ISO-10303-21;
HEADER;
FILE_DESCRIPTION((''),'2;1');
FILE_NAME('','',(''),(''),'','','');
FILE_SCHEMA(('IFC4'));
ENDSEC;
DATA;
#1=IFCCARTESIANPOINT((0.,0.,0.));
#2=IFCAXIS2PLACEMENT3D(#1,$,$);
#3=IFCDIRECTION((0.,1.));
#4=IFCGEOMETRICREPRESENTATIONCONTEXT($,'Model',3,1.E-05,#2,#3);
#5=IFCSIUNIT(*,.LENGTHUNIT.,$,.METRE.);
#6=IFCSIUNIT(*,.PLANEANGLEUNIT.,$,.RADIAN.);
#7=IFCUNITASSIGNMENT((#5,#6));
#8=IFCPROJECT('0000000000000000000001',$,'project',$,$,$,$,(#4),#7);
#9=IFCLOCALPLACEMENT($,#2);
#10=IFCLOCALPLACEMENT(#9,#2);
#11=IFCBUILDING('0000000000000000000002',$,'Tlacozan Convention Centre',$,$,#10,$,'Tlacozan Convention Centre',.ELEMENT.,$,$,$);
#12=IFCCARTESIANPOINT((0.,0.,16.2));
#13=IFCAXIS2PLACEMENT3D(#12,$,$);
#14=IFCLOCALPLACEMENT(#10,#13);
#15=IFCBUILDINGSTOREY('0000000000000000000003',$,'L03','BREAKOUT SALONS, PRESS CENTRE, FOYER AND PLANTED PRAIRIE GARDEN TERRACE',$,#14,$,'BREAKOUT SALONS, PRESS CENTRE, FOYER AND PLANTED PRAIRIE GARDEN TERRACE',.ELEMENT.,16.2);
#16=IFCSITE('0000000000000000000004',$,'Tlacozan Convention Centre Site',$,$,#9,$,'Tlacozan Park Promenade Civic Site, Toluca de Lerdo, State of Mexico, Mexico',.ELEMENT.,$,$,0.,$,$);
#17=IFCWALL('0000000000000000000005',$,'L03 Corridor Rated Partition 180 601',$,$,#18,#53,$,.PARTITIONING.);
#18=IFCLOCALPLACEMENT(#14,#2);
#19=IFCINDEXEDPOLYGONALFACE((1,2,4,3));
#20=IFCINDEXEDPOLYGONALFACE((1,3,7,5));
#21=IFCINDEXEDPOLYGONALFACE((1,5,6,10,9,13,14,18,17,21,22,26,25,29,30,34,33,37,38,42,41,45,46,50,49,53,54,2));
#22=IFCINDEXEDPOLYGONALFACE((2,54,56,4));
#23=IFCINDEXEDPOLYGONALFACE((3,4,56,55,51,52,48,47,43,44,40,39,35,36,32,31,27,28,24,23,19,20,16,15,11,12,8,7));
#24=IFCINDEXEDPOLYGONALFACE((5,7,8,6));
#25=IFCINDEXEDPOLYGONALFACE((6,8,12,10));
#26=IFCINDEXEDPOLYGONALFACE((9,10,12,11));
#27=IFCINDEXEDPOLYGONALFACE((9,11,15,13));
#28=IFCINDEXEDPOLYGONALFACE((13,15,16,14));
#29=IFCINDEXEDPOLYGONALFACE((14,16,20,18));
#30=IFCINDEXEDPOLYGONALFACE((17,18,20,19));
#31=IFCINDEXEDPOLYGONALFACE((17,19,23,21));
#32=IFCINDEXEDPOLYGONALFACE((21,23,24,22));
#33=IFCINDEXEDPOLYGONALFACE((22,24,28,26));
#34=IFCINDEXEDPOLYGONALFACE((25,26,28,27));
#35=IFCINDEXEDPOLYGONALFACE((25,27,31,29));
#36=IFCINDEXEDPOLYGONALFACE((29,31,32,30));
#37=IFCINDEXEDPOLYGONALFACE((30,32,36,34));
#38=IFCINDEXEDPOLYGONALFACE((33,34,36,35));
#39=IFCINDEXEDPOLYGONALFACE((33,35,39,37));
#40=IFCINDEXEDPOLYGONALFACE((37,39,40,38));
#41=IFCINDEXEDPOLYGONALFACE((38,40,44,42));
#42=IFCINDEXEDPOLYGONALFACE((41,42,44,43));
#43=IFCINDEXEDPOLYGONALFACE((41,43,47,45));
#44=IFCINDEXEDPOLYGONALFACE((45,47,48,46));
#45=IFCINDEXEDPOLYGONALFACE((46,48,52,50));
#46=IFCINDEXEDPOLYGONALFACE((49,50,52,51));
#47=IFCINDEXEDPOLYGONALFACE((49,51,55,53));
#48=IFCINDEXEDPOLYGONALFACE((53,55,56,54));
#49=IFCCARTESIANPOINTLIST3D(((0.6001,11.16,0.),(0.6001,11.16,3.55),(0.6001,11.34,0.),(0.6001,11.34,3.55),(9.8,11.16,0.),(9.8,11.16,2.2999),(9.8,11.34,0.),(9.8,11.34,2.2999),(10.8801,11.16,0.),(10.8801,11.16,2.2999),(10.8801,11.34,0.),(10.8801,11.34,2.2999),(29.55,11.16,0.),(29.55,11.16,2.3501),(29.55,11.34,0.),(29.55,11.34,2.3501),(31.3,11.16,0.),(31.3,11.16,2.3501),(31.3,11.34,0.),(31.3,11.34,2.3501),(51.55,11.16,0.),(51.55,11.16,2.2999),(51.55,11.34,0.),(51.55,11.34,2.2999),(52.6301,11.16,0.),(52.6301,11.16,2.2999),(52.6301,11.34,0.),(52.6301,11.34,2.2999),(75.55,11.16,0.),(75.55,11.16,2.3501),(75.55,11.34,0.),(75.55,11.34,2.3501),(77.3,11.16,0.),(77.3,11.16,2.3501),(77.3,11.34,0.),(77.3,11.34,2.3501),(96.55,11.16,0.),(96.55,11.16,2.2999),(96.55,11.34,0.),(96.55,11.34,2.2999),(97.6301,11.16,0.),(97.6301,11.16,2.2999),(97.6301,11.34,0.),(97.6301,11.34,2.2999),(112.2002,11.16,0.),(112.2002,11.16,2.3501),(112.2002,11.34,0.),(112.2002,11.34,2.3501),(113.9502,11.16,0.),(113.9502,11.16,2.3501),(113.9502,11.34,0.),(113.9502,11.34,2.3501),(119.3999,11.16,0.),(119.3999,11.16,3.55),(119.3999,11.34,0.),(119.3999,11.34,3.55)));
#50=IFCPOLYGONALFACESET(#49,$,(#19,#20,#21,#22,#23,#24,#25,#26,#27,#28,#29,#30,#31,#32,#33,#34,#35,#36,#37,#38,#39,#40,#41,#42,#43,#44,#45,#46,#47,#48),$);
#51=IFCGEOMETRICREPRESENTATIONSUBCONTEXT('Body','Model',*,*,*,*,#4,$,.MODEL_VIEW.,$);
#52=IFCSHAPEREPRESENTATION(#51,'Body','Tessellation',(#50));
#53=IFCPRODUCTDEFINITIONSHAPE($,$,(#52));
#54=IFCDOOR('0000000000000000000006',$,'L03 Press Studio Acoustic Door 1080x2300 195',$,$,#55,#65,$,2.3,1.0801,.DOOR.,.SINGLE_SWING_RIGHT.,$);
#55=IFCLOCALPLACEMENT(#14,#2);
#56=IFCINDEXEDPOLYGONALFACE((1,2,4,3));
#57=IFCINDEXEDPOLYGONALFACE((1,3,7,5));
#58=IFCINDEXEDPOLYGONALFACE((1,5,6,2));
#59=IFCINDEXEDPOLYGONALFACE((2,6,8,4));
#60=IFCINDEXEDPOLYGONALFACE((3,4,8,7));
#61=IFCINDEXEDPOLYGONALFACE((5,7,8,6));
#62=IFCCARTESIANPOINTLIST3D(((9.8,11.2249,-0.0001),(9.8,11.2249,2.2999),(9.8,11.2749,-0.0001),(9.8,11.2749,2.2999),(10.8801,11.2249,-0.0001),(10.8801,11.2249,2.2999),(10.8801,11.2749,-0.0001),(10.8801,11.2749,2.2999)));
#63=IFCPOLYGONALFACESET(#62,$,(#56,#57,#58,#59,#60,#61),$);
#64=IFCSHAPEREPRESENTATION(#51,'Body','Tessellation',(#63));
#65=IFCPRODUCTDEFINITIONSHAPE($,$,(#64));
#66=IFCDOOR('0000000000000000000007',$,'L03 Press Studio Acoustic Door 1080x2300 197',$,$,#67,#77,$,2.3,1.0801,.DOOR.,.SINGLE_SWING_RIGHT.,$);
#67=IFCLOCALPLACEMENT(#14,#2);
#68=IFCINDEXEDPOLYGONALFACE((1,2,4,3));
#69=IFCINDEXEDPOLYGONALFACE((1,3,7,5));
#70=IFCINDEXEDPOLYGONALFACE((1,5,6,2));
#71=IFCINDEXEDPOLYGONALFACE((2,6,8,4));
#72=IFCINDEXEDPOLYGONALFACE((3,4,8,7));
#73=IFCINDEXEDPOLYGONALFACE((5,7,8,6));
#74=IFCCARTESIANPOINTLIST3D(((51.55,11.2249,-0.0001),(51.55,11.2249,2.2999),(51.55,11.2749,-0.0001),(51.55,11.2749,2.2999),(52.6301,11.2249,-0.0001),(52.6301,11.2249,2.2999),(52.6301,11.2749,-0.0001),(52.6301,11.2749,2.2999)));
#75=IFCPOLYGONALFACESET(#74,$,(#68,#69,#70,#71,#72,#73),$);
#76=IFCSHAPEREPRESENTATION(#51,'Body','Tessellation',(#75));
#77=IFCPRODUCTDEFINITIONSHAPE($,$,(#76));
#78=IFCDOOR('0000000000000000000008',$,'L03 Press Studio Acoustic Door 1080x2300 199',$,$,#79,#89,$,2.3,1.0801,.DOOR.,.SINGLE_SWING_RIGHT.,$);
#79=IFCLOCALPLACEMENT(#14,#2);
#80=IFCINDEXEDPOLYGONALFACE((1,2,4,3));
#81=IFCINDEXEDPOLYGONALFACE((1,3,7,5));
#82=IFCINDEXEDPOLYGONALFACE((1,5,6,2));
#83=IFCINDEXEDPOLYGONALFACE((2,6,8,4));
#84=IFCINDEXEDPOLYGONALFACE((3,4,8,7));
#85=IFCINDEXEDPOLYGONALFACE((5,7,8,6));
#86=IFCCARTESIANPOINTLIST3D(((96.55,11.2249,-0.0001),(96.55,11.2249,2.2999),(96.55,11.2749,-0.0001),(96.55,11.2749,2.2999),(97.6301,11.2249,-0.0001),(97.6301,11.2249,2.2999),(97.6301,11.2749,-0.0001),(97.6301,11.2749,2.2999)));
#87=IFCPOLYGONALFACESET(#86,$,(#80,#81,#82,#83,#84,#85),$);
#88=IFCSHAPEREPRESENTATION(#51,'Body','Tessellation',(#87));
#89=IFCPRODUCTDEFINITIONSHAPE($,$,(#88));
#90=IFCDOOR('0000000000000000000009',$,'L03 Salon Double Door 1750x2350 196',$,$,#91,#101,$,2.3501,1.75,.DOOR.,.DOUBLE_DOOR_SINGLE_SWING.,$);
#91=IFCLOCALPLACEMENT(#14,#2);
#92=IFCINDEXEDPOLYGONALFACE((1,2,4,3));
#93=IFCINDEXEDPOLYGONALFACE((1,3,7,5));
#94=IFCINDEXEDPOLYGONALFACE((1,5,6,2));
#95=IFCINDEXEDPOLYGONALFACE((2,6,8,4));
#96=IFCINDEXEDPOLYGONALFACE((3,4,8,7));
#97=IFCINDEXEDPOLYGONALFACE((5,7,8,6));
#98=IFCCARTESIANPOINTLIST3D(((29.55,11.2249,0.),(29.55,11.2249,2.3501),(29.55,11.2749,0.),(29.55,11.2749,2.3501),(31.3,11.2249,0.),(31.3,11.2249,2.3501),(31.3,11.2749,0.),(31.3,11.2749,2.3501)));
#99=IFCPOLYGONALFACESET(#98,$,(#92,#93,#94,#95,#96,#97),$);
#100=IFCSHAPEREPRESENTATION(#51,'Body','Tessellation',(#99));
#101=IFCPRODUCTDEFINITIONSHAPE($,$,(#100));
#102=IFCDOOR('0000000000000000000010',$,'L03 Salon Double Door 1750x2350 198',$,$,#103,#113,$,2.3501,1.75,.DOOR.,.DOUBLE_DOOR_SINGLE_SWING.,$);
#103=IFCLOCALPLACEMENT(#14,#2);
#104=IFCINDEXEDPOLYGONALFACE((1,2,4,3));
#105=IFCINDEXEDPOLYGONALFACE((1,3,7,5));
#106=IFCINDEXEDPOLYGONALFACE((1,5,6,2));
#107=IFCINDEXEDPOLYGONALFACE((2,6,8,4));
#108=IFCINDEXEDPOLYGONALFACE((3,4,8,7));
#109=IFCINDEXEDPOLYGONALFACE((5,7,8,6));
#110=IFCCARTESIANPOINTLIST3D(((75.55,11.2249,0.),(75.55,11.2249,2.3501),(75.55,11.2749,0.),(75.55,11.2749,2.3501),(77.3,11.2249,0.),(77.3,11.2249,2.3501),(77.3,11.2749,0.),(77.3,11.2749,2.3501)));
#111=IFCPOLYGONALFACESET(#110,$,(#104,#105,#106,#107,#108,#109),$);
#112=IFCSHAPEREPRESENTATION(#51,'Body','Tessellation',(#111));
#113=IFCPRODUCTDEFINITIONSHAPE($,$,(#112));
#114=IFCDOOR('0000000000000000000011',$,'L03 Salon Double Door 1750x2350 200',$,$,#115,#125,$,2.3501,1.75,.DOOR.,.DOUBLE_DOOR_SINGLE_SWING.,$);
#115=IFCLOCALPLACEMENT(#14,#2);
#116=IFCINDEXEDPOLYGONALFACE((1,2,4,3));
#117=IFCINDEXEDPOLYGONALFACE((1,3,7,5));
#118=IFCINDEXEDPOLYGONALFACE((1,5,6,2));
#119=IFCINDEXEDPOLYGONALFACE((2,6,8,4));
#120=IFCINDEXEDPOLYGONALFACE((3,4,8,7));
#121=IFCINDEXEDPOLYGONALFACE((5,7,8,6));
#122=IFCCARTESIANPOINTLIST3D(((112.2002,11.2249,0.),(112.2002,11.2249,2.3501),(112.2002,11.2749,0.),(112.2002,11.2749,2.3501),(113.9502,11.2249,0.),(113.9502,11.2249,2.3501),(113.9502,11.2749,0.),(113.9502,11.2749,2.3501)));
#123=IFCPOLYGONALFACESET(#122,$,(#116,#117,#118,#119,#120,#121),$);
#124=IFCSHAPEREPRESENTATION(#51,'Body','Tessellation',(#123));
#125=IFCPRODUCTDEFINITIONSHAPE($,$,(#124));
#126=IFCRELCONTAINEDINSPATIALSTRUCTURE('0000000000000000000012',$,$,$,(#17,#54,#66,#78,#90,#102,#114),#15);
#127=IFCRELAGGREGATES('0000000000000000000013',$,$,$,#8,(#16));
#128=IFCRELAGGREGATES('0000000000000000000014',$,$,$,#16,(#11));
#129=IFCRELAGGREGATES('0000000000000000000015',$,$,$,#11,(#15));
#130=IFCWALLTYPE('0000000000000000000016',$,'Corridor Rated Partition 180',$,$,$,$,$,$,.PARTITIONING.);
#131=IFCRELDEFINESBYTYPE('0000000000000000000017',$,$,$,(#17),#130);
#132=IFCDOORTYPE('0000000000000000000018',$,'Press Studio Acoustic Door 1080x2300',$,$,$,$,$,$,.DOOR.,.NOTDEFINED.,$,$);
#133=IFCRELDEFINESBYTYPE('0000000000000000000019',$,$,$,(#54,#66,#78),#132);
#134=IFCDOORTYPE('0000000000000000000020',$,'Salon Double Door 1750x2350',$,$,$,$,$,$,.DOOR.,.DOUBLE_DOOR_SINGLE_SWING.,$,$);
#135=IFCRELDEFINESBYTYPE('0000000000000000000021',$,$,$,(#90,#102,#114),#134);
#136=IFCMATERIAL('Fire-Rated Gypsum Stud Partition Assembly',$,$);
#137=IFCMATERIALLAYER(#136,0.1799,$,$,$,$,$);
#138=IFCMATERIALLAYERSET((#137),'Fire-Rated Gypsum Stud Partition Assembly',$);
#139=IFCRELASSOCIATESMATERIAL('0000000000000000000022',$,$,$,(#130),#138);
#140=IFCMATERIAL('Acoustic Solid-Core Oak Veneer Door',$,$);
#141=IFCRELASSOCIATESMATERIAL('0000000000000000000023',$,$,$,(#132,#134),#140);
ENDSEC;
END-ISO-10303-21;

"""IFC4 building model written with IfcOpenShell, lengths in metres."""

from ifc_helpers import new_model, si_unit, direction, frame, frame_2d, origin, place, context, subcontext, project, spatial, rectangle, extrude, material, layer, layer_set, type_object, element, fill, save


model = new_model("IFC4")

# Units and contexts
model_context = context("Model", 3, precision=1e-05, world=origin(), true_north=direction((0.0, 1.0)))
body_context = subcontext(model_context, "Body", "Model", "MODEL_VIEW")
ifc_project = project(units=[si_unit("LENGTHUNIT", "METRE"), si_unit("PLANEANGLEUNIT", "RADIAN")], contexts=[model_context])

# Site, building, storey
site_placement = place(None, origin())
site = spatial("IfcSite", under=ifc_project, at=site_placement, Name="Tlacozan Convention Centre Site", LongName="Tlacozan Park Promenade Civic Site, Toluca de Lerdo, State of Mexico, Mexico", CompositionType="ELEMENT", RefElevation=0.0)
building_placement = place(site_placement, origin())
building = spatial("IfcBuilding", under=site, at=building_placement, Name="Tlacozan Convention Centre", LongName="Tlacozan Convention Centre", CompositionType="ELEMENT")
storey_placement = place(building_placement, frame((0.0, 0.0, 16.2)))
storey = spatial("IfcBuildingStorey", under=building, at=storey_placement, Name="L03", Description="BREAKOUT SALONS, PRESS CENTRE, FOYER AND PLANTED PRAIRIE GARDEN TERRACE", LongName="BREAKOUT SALONS, PRESS CENTRE, FOYER AND PLANTED PRAIRIE GARDEN TERRACE", CompositionType="ELEMENT", Elevation=16.2)

# Wall, openings, doors
ifc_material_1 = material(Name="Fire-Rated Gypsum Stud Partition Assembly")
ifc_layer_1 = layer(ifc_material_1, 0.1799)
ifc_layer_set_1 = layer_set([ifc_layer_1], Name="Fire-Rated Gypsum Stud Partition Assembly")
wall_type = type_object("IfcWallType", Name="Corridor Rated Partition 180", PredefinedType="PARTITIONING", material=ifc_layer_set_1)
wall_placement = place(storey_placement, frame((0.6001, 11.25, 0.0), z_axis=(0.0, 0.0, 1.0), x_axis=(1.0, 0.0, 0.0)))
wall = element("IfcWall", 1, at=wall_placement, inside=storey, type_object=wall_type, Name="L03 Corridor Rated Partition 180 601", PredefinedType="PARTITIONING", context=body_context, shape_type="SweptSolid", body=[
    extrude(rectangle(XDim=118.7998, YDim=0.1799, at=frame_2d((59.3999, 0.0))), origin(), (0.0, 0.0, 1.0), 3.55),
])
opening_1_placement = place(wall_placement, frame((9.2, 0.0, 0.0)))
opening_1 = element("IfcOpeningElement", 2, at=opening_1_placement, cuts=wall, PredefinedType="OPENING", context=body_context, shape_type="SweptSolid", body=[
    extrude(rectangle(XDim=1.0801, YDim=2.3, at=frame_2d((0.54, 1.1499))), frame((0.0, 0.0999, 0.0), z_axis=(0.0, -1.0, 0.0), x_axis=(1.0, 0.0, 0.0)), (0.0, 0.0, 1.0), 0.2),
])
opening_2_placement = place(wall_placement, frame((28.95, 0.0, 0.0)))
opening_2 = element("IfcOpeningElement", 3, at=opening_2_placement, cuts=wall, PredefinedType="OPENING", context=body_context, shape_type="SweptSolid", body=[
    extrude(rectangle(XDim=1.75, YDim=2.3501, at=frame_2d((0.875, 1.175))), frame((0.0, 0.0999, 0.0), z_axis=(0.0, -1.0, 0.0), x_axis=(1.0, 0.0, 0.0)), (0.0, 0.0, 1.0), 0.2),
])
opening_3_placement = place(wall_placement, frame((50.95, 0.0, 0.0)))
opening_3 = element("IfcOpeningElement", 4, at=opening_3_placement, cuts=wall, PredefinedType="OPENING", context=body_context, shape_type="SweptSolid", body=[
    extrude(rectangle(XDim=1.0801, YDim=2.3, at=frame_2d((0.54, 1.1499))), frame((0.0, 0.0999, 0.0), z_axis=(0.0, -1.0, 0.0), x_axis=(1.0, 0.0, 0.0)), (0.0, 0.0, 1.0), 0.2),
])
opening_4_placement = place(wall_placement, frame((74.95, 0.0, 0.0)))
opening_4 = element("IfcOpeningElement", 5, at=opening_4_placement, cuts=wall, PredefinedType="OPENING", context=body_context, shape_type="SweptSolid", body=[
    extrude(rectangle(XDim=1.75, YDim=2.3501, at=frame_2d((0.875, 1.175))), frame((0.0, 0.0999, 0.0), z_axis=(0.0, -1.0, 0.0), x_axis=(1.0, 0.0, 0.0)), (0.0, 0.0, 1.0), 0.2),
])
opening_5_placement = place(wall_placement, frame((95.95, 0.0, 0.0)))
opening_5 = element("IfcOpeningElement", 6, at=opening_5_placement, cuts=wall, PredefinedType="OPENING", context=body_context, shape_type="SweptSolid", body=[
    extrude(rectangle(XDim=1.0801, YDim=2.3, at=frame_2d((0.54, 1.1499))), frame((0.0, 0.0999, 0.0), z_axis=(0.0, -1.0, 0.0), x_axis=(1.0, 0.0, 0.0)), (0.0, 0.0, 1.0), 0.2),
])
opening_6_placement = place(wall_placement, frame((111.6001, 0.0, 0.0)))
opening_6 = element("IfcOpeningElement", 7, at=opening_6_placement, cuts=wall, PredefinedType="OPENING", context=body_context, shape_type="SweptSolid", body=[
    extrude(rectangle(XDim=1.75, YDim=2.3501, at=frame_2d((0.875, 1.175))), frame((0.0, 0.0999, 0.0), z_axis=(0.0, -1.0, 0.0), x_axis=(1.0, 0.0, 0.0)), (0.0, 0.0, 1.0), 0.2),
])
ifc_material_2 = material(Name="Acoustic Solid-Core Oak Veneer Door")
door_type_1 = type_object("IfcDoorType", Name="Press Studio Acoustic Door 1080x2300", OperationType="NOTDEFINED", PredefinedType="DOOR", material=ifc_material_2)
door_1_placement = place(opening_1_placement, origin())
door_1 = element("IfcDoor", 8, at=door_1_placement, inside=storey, type_object=door_type_1, Name="L03 Press Studio Acoustic Door 1080x2300 195", OperationType="SINGLE_SWING_RIGHT", OverallHeight=2.3, OverallWidth=1.0801, PredefinedType="DOOR", context=body_context, shape_type="SweptSolid", body=[
    extrude(rectangle(XDim=1.0801, YDim=2.3, at=frame_2d((0.54, 1.1499))), frame((0.0, 0.0249, 0.0), z_axis=(0.0, -1.0, 0.0), x_axis=(1.0, 0.0, 0.0)), (0.0, 0.0, 1.0), 0.05),
])
fill(opening_1, door_1)
door_2_placement = place(opening_3_placement, origin())
door_2 = element("IfcDoor", 9, at=door_2_placement, inside=storey, type_object=door_type_1, Name="L03 Press Studio Acoustic Door 1080x2300 197", OperationType="SINGLE_SWING_RIGHT", OverallHeight=2.3, OverallWidth=1.0801, PredefinedType="DOOR", context=body_context, shape_type="SweptSolid", body=[
    extrude(rectangle(XDim=1.0801, YDim=2.3, at=frame_2d((0.54, 1.1499))), frame((0.0, 0.0249, 0.0), z_axis=(0.0, -1.0, 0.0), x_axis=(1.0, 0.0, 0.0)), (0.0, 0.0, 1.0), 0.05),
])
fill(opening_3, door_2)
door_3_placement = place(opening_5_placement, origin())
door_3 = element("IfcDoor", 10, at=door_3_placement, inside=storey, type_object=door_type_1, Name="L03 Press Studio Acoustic Door 1080x2300 199", OperationType="SINGLE_SWING_RIGHT", OverallHeight=2.3, OverallWidth=1.0801, PredefinedType="DOOR", context=body_context, shape_type="SweptSolid", body=[
    extrude(rectangle(XDim=1.0801, YDim=2.3, at=frame_2d((0.54, 1.1499))), frame((0.0, 0.0249, 0.0), z_axis=(0.0, -1.0, 0.0), x_axis=(1.0, 0.0, 0.0)), (0.0, 0.0, 1.0), 0.05),
])
fill(opening_5, door_3)
door_type_2 = type_object("IfcDoorType", Name="Salon Double Door 1750x2350", OperationType="DOUBLE_DOOR_SINGLE_SWING", PredefinedType="DOOR", material=ifc_material_2)
door_4_placement = place(opening_2_placement, origin())
door_4 = element("IfcDoor", 11, at=door_4_placement, inside=storey, type_object=door_type_2, Name="L03 Salon Double Door 1750x2350 196", OperationType="DOUBLE_DOOR_SINGLE_SWING", OverallHeight=2.3501, OverallWidth=1.75, PredefinedType="DOOR", context=body_context, shape_type="SweptSolid", body=[
    extrude(rectangle(XDim=1.75, YDim=2.3501, at=frame_2d((0.875, 1.175))), frame((0.0, 0.0249, 0.0), z_axis=(0.0, -1.0, 0.0), x_axis=(1.0, 0.0, 0.0)), (0.0, 0.0, 1.0), 0.05),
])
fill(opening_2, door_4)
door_5_placement = place(opening_4_placement, origin())
door_5 = element("IfcDoor", 12, at=door_5_placement, inside=storey, type_object=door_type_2, Name="L03 Salon Double Door 1750x2350 198", OperationType="DOUBLE_DOOR_SINGLE_SWING", OverallHeight=2.3501, OverallWidth=1.75, PredefinedType="DOOR", context=body_context, shape_type="SweptSolid", body=[
    extrude(rectangle(XDim=1.75, YDim=2.3501, at=frame_2d((0.875, 1.175))), frame((0.0, 0.0249, 0.0), z_axis=(0.0, -1.0, 0.0), x_axis=(1.0, 0.0, 0.0)), (0.0, 0.0, 1.0), 0.05),
])
fill(opening_4, door_5)
door_6_placement = place(opening_6_placement, origin())
door_6 = element("IfcDoor", 13, at=door_6_placement, inside=storey, type_object=door_type_2, Name="L03 Salon Double Door 1750x2350 200", OperationType="DOUBLE_DOOR_SINGLE_SWING", OverallHeight=2.3501, OverallWidth=1.75, PredefinedType="DOOR", context=body_context, shape_type="SweptSolid", body=[
    extrude(rectangle(XDim=1.75, YDim=2.3501, at=frame_2d((0.875, 1.175))), frame((0.0, 0.0249, 0.0), z_axis=(0.0, -1.0, 0.0), x_axis=(1.0, 0.0, 0.0)), (0.0, 0.0, 1.0), 0.05),
])
fill(opening_6, door_6)

save(model, "model.ifc")
